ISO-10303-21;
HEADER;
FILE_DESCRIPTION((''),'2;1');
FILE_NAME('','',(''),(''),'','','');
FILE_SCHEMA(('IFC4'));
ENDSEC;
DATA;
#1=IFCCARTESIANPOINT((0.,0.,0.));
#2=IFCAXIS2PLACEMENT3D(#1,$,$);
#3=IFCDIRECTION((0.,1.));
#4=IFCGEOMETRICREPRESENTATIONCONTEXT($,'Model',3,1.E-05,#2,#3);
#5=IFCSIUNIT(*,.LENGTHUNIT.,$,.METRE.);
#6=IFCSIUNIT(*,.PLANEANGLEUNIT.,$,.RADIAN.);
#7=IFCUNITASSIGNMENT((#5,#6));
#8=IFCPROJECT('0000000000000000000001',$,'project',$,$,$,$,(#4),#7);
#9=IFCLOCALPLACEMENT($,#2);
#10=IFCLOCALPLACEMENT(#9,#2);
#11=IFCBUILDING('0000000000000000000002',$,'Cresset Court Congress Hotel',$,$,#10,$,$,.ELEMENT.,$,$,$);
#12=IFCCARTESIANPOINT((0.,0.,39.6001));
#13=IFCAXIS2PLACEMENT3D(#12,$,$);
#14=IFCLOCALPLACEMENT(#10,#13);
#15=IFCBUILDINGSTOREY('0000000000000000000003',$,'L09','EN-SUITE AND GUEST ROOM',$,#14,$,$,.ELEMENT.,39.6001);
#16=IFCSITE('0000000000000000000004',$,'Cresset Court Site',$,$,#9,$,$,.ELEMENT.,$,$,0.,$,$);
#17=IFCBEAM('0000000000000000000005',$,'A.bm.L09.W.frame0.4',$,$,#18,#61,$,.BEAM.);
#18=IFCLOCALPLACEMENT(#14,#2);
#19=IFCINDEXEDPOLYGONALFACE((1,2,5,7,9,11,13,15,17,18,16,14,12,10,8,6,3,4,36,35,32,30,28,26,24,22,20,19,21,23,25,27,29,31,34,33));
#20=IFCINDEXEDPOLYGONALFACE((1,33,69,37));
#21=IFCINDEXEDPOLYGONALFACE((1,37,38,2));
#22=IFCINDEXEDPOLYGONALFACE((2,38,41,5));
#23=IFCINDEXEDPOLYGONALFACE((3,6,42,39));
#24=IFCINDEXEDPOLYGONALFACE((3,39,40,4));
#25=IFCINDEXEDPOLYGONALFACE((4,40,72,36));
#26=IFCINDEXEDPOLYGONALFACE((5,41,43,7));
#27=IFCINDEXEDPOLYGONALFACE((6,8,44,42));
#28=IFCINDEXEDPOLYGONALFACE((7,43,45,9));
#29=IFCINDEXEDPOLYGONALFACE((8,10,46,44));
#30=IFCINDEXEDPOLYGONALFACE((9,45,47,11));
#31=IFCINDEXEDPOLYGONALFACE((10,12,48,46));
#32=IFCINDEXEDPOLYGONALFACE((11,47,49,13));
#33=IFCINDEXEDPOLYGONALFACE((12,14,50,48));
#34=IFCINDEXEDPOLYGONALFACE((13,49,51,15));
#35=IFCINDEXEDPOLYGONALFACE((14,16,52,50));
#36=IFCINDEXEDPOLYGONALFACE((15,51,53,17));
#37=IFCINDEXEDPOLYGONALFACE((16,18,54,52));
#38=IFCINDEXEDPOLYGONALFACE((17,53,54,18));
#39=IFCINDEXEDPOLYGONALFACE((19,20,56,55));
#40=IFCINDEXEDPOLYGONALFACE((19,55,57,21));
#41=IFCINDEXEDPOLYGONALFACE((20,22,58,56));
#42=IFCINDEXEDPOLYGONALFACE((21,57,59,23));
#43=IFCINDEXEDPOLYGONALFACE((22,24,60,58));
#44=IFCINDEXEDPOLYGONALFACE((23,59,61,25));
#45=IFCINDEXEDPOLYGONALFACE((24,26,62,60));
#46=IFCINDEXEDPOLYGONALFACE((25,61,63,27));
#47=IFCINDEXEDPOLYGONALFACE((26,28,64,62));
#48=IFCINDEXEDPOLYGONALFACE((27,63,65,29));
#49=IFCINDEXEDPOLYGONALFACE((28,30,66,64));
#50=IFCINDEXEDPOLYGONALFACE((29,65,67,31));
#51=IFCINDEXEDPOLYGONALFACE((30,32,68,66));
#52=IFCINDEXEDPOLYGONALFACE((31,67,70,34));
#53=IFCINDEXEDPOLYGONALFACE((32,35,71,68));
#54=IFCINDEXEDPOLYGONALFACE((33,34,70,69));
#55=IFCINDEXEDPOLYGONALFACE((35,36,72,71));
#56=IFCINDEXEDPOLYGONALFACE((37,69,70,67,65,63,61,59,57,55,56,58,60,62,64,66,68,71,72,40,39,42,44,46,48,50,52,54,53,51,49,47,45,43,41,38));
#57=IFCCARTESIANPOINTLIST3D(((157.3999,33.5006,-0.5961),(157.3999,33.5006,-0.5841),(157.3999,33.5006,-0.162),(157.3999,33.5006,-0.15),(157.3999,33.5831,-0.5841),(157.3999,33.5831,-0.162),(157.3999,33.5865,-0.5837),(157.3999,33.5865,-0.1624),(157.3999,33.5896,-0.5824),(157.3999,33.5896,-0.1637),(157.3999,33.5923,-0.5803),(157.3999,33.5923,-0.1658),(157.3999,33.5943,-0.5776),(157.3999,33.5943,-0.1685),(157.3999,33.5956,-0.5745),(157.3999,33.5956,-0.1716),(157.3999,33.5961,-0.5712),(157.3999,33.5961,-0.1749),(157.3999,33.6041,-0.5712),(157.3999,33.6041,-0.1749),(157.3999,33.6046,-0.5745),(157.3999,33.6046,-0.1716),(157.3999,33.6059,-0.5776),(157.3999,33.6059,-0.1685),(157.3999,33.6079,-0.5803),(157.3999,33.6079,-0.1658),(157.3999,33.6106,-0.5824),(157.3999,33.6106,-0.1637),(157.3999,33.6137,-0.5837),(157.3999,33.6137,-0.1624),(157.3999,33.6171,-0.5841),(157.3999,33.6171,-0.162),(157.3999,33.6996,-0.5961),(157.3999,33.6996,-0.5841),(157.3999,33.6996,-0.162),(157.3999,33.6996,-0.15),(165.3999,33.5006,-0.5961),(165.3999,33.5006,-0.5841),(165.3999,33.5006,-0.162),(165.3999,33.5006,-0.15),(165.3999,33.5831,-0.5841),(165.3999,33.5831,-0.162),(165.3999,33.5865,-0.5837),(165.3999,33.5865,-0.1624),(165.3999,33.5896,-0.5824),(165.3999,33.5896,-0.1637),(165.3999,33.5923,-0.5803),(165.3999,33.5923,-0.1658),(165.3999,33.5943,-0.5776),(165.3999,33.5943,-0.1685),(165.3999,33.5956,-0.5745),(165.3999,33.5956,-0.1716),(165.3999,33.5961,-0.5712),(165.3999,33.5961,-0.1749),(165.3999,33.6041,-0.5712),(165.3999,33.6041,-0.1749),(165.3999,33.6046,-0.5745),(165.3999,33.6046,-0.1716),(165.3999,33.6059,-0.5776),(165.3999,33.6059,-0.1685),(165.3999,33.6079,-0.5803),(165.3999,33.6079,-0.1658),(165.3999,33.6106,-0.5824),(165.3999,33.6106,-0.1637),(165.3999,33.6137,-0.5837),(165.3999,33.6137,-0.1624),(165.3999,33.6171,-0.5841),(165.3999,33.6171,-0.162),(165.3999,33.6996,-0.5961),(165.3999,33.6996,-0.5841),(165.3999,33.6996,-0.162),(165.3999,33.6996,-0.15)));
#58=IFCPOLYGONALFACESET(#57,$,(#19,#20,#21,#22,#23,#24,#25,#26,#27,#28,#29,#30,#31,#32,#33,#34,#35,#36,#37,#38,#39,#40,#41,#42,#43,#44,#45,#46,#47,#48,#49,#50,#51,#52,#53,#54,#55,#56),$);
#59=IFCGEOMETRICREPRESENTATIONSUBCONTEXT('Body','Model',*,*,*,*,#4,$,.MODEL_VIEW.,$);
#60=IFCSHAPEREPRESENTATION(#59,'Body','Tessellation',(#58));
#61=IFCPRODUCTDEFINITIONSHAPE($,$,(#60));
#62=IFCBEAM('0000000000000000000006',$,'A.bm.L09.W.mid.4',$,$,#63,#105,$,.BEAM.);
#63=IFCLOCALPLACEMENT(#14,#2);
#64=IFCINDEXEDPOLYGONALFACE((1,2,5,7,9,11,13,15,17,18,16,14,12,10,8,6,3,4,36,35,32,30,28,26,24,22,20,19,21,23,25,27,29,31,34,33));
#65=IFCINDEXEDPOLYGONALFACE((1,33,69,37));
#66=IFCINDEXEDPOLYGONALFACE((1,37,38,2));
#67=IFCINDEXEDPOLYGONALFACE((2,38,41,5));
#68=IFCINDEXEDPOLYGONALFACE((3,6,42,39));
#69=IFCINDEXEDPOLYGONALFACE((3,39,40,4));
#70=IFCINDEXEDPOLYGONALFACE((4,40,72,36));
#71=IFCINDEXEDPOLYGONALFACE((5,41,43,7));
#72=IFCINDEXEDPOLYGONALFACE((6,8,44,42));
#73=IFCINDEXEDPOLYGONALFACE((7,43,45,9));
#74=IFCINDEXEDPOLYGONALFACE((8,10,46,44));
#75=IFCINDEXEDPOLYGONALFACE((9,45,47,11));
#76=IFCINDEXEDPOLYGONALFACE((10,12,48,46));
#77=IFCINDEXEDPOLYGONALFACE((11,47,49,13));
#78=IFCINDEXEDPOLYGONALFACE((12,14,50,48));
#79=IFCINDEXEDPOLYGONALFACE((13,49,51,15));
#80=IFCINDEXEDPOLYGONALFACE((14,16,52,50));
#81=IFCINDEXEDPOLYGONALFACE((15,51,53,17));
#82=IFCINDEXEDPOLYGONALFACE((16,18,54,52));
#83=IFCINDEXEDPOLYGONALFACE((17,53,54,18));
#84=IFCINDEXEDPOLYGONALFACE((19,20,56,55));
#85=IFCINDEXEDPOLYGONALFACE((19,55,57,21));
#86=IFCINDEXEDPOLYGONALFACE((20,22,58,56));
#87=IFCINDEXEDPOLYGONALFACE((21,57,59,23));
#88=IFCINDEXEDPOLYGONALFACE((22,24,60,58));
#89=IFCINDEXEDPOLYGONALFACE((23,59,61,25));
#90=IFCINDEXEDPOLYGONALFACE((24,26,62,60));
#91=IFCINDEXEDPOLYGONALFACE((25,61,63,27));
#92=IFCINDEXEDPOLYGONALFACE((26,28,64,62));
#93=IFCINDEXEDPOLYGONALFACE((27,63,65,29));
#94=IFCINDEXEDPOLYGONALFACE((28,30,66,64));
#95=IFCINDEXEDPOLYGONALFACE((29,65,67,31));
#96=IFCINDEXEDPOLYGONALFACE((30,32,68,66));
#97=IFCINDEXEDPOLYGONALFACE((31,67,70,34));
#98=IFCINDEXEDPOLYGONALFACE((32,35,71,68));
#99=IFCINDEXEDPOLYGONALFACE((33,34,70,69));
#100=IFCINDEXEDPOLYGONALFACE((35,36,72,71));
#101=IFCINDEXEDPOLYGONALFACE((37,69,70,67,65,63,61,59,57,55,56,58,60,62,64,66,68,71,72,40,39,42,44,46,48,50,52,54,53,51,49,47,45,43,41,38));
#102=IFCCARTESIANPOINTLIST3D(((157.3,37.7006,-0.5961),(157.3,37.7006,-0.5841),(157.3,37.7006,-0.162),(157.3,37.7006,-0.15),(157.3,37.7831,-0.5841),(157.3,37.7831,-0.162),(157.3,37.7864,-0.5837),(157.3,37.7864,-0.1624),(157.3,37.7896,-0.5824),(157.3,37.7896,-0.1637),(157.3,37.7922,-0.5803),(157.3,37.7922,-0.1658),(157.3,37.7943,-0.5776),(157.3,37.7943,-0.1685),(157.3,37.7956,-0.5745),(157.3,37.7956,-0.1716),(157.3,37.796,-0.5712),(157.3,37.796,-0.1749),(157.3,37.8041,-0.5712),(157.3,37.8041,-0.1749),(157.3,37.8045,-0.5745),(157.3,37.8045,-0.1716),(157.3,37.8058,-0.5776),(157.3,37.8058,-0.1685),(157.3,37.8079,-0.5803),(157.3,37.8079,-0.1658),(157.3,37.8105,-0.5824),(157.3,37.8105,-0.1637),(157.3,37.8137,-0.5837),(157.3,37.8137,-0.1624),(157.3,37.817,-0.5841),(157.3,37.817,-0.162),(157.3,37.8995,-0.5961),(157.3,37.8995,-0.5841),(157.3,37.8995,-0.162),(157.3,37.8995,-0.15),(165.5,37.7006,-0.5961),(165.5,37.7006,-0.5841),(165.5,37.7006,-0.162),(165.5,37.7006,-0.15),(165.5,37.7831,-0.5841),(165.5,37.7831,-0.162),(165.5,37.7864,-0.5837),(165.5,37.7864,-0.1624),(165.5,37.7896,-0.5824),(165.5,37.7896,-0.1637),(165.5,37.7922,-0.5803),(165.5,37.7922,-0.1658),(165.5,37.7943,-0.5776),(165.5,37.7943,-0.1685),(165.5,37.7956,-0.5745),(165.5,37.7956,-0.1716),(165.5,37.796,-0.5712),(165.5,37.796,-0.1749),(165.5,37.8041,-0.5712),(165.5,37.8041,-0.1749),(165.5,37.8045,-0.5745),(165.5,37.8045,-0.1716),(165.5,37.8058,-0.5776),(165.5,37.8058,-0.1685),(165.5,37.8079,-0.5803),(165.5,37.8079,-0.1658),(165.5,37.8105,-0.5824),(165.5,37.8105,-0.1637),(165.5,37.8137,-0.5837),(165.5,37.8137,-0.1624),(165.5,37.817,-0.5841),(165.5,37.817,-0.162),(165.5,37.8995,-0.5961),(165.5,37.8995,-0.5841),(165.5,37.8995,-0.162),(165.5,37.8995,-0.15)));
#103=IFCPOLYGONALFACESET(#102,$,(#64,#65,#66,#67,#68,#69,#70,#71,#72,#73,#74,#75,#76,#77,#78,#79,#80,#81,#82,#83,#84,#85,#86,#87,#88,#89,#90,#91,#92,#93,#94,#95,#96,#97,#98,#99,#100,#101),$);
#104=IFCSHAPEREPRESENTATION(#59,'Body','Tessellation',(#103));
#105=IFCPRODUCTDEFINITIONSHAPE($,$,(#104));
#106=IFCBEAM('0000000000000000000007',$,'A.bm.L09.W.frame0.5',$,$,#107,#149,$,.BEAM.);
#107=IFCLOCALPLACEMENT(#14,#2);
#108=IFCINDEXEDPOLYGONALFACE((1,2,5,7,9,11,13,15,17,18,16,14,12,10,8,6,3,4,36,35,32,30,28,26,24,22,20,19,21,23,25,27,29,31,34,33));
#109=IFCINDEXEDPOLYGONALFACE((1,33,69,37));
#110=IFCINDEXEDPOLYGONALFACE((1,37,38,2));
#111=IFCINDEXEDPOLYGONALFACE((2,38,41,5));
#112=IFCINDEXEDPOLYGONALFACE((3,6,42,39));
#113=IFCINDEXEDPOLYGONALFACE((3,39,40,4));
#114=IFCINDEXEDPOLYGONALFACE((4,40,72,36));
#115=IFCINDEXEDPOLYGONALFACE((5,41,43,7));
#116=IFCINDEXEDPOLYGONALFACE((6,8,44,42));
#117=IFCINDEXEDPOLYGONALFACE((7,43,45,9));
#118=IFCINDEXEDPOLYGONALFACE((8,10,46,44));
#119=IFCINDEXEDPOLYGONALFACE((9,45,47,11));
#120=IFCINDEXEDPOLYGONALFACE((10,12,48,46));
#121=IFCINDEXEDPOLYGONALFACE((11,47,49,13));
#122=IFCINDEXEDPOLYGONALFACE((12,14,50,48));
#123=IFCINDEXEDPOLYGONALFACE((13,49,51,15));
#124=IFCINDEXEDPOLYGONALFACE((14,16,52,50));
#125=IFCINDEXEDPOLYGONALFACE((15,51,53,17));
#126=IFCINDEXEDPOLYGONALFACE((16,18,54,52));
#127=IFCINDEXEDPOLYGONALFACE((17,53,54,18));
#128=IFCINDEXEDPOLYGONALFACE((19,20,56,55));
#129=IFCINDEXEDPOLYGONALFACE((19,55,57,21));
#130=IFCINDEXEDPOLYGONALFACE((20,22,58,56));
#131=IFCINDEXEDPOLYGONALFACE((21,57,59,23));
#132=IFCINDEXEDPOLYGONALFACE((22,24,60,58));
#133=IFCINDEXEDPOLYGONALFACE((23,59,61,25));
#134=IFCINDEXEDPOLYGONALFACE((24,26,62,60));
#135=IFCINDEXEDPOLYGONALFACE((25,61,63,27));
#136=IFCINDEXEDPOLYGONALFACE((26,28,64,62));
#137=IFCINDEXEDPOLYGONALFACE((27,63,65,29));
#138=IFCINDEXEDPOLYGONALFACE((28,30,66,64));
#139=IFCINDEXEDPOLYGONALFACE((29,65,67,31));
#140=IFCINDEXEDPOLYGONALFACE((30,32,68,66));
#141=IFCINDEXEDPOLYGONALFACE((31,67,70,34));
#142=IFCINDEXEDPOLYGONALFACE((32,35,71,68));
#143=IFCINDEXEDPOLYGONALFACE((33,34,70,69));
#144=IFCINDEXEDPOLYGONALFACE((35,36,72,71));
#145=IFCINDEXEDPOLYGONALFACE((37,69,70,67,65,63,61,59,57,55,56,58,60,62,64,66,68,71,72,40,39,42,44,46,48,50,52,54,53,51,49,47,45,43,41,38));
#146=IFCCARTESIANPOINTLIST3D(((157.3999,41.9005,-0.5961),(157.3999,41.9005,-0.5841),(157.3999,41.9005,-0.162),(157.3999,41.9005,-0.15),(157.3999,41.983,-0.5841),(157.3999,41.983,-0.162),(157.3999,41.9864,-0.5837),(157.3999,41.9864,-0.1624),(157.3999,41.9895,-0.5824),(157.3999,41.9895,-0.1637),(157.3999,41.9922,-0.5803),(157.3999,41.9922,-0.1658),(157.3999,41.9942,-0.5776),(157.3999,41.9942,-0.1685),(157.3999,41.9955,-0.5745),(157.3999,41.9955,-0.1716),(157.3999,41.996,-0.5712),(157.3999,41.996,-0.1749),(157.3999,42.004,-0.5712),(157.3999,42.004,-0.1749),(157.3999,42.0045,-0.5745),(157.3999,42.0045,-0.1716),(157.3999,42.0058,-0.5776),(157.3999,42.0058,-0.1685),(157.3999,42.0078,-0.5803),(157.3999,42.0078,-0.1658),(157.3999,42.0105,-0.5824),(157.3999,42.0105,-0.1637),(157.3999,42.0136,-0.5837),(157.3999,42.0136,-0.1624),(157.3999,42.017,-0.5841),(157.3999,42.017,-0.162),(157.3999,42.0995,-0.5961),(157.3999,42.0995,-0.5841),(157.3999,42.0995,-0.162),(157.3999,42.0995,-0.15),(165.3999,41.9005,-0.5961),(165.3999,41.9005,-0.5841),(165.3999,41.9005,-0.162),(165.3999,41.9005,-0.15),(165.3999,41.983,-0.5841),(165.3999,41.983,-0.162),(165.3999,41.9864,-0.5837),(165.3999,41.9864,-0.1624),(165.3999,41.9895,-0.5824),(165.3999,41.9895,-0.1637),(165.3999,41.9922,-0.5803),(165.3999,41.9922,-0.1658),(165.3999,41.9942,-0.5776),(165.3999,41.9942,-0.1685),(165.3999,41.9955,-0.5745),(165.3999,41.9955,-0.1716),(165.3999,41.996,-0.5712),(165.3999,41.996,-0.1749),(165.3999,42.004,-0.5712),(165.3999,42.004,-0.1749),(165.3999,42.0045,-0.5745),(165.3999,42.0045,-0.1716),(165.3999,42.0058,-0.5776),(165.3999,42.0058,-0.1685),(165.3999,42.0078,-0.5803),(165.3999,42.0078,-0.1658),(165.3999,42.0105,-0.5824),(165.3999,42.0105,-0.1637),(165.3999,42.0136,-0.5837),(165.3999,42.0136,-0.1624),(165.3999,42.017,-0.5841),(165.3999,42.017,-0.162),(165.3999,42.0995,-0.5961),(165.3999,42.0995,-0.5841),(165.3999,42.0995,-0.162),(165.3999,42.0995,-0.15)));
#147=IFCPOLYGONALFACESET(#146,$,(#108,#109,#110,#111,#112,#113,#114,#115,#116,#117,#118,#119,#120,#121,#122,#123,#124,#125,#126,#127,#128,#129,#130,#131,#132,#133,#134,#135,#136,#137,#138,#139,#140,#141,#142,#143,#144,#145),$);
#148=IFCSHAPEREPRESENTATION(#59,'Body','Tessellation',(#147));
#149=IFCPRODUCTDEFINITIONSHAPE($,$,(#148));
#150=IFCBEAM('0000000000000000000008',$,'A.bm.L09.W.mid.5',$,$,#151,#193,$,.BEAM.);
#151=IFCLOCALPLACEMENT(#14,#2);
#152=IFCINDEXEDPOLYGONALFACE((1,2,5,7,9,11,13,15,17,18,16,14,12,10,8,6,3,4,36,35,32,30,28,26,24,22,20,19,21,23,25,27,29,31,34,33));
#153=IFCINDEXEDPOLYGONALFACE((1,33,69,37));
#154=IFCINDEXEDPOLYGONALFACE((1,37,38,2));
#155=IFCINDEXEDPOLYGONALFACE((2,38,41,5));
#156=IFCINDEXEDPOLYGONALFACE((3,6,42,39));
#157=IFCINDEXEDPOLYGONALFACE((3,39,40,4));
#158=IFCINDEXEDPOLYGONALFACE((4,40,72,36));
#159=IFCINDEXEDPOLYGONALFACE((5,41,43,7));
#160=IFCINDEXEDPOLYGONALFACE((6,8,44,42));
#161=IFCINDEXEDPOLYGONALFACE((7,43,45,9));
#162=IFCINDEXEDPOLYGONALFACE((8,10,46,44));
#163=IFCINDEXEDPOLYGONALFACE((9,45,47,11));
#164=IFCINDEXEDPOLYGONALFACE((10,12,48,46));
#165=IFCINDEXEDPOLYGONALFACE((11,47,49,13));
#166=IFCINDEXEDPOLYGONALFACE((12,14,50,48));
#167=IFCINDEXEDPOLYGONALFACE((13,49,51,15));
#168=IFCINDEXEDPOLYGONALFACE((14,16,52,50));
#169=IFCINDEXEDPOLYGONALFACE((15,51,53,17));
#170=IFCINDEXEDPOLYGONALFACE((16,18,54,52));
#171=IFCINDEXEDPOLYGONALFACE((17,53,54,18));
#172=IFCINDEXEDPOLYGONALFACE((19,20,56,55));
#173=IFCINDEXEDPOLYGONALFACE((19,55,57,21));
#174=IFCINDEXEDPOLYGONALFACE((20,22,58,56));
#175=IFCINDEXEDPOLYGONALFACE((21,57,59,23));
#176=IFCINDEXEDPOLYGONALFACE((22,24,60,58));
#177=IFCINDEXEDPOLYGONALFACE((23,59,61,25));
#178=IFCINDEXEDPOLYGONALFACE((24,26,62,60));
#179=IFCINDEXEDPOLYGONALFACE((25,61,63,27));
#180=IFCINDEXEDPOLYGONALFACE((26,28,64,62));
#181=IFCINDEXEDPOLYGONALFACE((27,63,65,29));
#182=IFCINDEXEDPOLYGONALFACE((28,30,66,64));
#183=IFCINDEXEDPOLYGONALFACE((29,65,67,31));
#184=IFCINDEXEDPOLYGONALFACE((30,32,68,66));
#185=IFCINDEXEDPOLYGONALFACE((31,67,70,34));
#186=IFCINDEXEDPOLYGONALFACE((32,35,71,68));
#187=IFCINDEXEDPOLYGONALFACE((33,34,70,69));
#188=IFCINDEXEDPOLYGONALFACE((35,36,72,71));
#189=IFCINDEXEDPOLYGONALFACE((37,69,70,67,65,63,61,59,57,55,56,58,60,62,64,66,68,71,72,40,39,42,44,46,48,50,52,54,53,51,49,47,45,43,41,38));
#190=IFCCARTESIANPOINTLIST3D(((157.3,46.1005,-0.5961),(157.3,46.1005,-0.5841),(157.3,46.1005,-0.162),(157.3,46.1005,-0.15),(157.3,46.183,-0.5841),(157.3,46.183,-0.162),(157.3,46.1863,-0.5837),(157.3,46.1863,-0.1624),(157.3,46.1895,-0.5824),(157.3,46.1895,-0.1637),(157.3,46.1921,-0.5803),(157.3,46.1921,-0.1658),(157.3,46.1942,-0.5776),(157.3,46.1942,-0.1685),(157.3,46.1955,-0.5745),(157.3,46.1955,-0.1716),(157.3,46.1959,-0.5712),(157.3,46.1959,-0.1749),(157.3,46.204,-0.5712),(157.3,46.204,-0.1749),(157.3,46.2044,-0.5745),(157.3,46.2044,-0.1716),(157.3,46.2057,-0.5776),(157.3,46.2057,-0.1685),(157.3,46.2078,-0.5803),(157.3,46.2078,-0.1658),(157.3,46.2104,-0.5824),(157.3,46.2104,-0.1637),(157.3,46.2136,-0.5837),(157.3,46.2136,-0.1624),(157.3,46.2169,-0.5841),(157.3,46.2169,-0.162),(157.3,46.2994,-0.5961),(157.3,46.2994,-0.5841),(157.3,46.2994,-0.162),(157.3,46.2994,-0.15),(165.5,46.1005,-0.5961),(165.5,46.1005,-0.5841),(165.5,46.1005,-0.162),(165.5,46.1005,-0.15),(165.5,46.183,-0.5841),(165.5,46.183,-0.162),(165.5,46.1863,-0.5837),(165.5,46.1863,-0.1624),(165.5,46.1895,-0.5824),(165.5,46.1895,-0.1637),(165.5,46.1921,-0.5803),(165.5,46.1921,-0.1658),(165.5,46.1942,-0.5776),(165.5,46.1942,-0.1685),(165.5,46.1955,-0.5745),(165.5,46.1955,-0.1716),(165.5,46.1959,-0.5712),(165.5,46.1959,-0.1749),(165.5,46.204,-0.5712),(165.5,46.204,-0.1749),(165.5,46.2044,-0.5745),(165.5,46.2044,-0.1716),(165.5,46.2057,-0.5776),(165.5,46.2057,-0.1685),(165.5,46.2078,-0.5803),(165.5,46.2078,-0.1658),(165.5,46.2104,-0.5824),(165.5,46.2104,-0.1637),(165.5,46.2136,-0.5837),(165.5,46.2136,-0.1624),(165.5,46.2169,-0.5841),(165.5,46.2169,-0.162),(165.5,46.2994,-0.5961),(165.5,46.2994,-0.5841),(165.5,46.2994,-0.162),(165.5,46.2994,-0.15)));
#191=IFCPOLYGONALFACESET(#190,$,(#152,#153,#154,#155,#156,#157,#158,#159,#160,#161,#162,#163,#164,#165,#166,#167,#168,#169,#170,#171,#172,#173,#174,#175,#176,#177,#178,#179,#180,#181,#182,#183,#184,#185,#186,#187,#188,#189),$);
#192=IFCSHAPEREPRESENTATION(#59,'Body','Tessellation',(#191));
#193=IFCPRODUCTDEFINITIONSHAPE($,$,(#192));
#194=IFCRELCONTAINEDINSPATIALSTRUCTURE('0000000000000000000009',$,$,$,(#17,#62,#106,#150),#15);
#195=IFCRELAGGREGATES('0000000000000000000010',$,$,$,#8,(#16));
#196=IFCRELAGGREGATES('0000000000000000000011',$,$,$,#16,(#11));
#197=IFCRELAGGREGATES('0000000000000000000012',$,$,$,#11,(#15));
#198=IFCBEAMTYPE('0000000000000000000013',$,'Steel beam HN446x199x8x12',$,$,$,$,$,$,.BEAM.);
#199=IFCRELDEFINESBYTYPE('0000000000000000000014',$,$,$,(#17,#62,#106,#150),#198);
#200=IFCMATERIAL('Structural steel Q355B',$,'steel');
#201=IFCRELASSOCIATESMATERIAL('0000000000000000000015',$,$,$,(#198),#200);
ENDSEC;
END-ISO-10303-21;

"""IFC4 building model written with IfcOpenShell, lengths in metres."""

from ifc_helpers import new_model, si_unit, direction, frame, origin, origin_2d, place, context, subcontext, project, spatial, i_section, extrude, material, material_profile, profile_set, type_object, element, save


model = new_model("IFC4")

# Units and contexts
model_context = context("Model", 3, precision=1e-05, world=origin(), true_north=direction((0.0, 1.0)))
body_context = subcontext(model_context, "Body", "Model", "MODEL_VIEW")
ifc_project = project(units=[si_unit("LENGTHUNIT", "METRE"), si_unit("PLANEANGLEUNIT", "RADIAN")], contexts=[model_context])

# Site, building, storey
site_placement = place(None, origin())
site = spatial("IfcSite", under=ifc_project, at=site_placement, Name="Cresset Court Site", CompositionType="ELEMENT", RefElevation=0.0)
building_placement = place(site_placement, origin())
building = spatial("IfcBuilding", under=site, at=building_placement, Name="Cresset Court Congress Hotel", CompositionType="ELEMENT")
storey_placement = place(building_placement, frame((0.0, 0.0, 39.6001)))
storey = spatial("IfcBuildingStorey", under=building, at=storey_placement, Name="L09", Description="EN-SUITE AND GUEST ROOM", CompositionType="ELEMENT", Elevation=39.6001)

# Beams
ifc_material_1 = material(Name="Structural steel Q355B", Category="steel")
ifc_material_profile_1 = material_profile(ifc_material_1, i_section(OverallWidth=0.199, OverallDepth=0.446, WebThickness=0.0081, FlangeThickness=0.012, FilletRadius=0.0129, at=origin_2d()), Name="HN446x199x8x12")
ifc_profile_set_1 = profile_set([ifc_material_profile_1], Name="Structural steel Q355B")
beam_type_1 = type_object("IfcBeamType", Name="Steel beam HN446x199x8x12", PredefinedType="BEAM", material=ifc_profile_set_1)
beam_1_placement = place(storey_placement, frame((157.3999, 33.6001, -0.373), z_axis=(1.0, 0.0, 0.0), x_axis=(0.0, 1.0, 0.0)))
element("IfcBeam", 1, at=beam_1_placement, inside=storey, type_object=beam_type_1, Name="A.bm.L09.W.frame0.4", PredefinedType="BEAM", context=body_context, shape_type="SweptSolid", body=[
    extrude(i_section(OverallWidth=0.199, OverallDepth=0.446, WebThickness=0.0081, FlangeThickness=0.012, FilletRadius=0.0129, at=origin_2d()), origin(), (0.0, 0.0, 1.0), 8.0),
])
beam_2_placement = place(storey_placement, frame((157.3, 37.8, -0.373), z_axis=(1.0, 0.0, 0.0), x_axis=(0.0, 1.0, 0.0)))
element("IfcBeam", 2, at=beam_2_placement, inside=storey, type_object=beam_type_1, Name="A.bm.L09.W.mid.4", PredefinedType="BEAM", context=body_context, shape_type="SweptSolid", body=[
    extrude(i_section(OverallWidth=0.199, OverallDepth=0.446, WebThickness=0.0081, FlangeThickness=0.012, FilletRadius=0.0129, at=origin_2d()), origin(), (0.0, 0.0, 1.0), 8.2),
])
beam_3_placement = place(storey_placement, frame((157.3999, 42.0, -0.373), z_axis=(1.0, 0.0, 0.0), x_axis=(0.0, 1.0, 0.0)))
element("IfcBeam", 3, at=beam_3_placement, inside=storey, type_object=beam_type_1, Name="A.bm.L09.W.frame0.5", PredefinedType="BEAM", context=body_context, shape_type="SweptSolid", body=[
    extrude(i_section(OverallWidth=0.199, OverallDepth=0.446, WebThickness=0.0081, FlangeThickness=0.012, FilletRadius=0.0129, at=origin_2d()), origin(), (0.0, 0.0, 1.0), 8.0),
])
beam_4_placement = place(storey_placement, frame((157.3, 46.2, -0.373), z_axis=(1.0, 0.0, 0.0), x_axis=(0.0, 1.0, 0.0)))
element("IfcBeam", 4, at=beam_4_placement, inside=storey, type_object=beam_type_1, Name="A.bm.L09.W.mid.5", PredefinedType="BEAM", context=body_context, shape_type="SweptSolid", body=[
    extrude(i_section(OverallWidth=0.199, OverallDepth=0.446, WebThickness=0.0081, FlangeThickness=0.012, FilletRadius=0.0129, at=origin_2d()), origin(), (0.0, 0.0, 1.0), 8.2),
])

save(model, "model.ifc")
